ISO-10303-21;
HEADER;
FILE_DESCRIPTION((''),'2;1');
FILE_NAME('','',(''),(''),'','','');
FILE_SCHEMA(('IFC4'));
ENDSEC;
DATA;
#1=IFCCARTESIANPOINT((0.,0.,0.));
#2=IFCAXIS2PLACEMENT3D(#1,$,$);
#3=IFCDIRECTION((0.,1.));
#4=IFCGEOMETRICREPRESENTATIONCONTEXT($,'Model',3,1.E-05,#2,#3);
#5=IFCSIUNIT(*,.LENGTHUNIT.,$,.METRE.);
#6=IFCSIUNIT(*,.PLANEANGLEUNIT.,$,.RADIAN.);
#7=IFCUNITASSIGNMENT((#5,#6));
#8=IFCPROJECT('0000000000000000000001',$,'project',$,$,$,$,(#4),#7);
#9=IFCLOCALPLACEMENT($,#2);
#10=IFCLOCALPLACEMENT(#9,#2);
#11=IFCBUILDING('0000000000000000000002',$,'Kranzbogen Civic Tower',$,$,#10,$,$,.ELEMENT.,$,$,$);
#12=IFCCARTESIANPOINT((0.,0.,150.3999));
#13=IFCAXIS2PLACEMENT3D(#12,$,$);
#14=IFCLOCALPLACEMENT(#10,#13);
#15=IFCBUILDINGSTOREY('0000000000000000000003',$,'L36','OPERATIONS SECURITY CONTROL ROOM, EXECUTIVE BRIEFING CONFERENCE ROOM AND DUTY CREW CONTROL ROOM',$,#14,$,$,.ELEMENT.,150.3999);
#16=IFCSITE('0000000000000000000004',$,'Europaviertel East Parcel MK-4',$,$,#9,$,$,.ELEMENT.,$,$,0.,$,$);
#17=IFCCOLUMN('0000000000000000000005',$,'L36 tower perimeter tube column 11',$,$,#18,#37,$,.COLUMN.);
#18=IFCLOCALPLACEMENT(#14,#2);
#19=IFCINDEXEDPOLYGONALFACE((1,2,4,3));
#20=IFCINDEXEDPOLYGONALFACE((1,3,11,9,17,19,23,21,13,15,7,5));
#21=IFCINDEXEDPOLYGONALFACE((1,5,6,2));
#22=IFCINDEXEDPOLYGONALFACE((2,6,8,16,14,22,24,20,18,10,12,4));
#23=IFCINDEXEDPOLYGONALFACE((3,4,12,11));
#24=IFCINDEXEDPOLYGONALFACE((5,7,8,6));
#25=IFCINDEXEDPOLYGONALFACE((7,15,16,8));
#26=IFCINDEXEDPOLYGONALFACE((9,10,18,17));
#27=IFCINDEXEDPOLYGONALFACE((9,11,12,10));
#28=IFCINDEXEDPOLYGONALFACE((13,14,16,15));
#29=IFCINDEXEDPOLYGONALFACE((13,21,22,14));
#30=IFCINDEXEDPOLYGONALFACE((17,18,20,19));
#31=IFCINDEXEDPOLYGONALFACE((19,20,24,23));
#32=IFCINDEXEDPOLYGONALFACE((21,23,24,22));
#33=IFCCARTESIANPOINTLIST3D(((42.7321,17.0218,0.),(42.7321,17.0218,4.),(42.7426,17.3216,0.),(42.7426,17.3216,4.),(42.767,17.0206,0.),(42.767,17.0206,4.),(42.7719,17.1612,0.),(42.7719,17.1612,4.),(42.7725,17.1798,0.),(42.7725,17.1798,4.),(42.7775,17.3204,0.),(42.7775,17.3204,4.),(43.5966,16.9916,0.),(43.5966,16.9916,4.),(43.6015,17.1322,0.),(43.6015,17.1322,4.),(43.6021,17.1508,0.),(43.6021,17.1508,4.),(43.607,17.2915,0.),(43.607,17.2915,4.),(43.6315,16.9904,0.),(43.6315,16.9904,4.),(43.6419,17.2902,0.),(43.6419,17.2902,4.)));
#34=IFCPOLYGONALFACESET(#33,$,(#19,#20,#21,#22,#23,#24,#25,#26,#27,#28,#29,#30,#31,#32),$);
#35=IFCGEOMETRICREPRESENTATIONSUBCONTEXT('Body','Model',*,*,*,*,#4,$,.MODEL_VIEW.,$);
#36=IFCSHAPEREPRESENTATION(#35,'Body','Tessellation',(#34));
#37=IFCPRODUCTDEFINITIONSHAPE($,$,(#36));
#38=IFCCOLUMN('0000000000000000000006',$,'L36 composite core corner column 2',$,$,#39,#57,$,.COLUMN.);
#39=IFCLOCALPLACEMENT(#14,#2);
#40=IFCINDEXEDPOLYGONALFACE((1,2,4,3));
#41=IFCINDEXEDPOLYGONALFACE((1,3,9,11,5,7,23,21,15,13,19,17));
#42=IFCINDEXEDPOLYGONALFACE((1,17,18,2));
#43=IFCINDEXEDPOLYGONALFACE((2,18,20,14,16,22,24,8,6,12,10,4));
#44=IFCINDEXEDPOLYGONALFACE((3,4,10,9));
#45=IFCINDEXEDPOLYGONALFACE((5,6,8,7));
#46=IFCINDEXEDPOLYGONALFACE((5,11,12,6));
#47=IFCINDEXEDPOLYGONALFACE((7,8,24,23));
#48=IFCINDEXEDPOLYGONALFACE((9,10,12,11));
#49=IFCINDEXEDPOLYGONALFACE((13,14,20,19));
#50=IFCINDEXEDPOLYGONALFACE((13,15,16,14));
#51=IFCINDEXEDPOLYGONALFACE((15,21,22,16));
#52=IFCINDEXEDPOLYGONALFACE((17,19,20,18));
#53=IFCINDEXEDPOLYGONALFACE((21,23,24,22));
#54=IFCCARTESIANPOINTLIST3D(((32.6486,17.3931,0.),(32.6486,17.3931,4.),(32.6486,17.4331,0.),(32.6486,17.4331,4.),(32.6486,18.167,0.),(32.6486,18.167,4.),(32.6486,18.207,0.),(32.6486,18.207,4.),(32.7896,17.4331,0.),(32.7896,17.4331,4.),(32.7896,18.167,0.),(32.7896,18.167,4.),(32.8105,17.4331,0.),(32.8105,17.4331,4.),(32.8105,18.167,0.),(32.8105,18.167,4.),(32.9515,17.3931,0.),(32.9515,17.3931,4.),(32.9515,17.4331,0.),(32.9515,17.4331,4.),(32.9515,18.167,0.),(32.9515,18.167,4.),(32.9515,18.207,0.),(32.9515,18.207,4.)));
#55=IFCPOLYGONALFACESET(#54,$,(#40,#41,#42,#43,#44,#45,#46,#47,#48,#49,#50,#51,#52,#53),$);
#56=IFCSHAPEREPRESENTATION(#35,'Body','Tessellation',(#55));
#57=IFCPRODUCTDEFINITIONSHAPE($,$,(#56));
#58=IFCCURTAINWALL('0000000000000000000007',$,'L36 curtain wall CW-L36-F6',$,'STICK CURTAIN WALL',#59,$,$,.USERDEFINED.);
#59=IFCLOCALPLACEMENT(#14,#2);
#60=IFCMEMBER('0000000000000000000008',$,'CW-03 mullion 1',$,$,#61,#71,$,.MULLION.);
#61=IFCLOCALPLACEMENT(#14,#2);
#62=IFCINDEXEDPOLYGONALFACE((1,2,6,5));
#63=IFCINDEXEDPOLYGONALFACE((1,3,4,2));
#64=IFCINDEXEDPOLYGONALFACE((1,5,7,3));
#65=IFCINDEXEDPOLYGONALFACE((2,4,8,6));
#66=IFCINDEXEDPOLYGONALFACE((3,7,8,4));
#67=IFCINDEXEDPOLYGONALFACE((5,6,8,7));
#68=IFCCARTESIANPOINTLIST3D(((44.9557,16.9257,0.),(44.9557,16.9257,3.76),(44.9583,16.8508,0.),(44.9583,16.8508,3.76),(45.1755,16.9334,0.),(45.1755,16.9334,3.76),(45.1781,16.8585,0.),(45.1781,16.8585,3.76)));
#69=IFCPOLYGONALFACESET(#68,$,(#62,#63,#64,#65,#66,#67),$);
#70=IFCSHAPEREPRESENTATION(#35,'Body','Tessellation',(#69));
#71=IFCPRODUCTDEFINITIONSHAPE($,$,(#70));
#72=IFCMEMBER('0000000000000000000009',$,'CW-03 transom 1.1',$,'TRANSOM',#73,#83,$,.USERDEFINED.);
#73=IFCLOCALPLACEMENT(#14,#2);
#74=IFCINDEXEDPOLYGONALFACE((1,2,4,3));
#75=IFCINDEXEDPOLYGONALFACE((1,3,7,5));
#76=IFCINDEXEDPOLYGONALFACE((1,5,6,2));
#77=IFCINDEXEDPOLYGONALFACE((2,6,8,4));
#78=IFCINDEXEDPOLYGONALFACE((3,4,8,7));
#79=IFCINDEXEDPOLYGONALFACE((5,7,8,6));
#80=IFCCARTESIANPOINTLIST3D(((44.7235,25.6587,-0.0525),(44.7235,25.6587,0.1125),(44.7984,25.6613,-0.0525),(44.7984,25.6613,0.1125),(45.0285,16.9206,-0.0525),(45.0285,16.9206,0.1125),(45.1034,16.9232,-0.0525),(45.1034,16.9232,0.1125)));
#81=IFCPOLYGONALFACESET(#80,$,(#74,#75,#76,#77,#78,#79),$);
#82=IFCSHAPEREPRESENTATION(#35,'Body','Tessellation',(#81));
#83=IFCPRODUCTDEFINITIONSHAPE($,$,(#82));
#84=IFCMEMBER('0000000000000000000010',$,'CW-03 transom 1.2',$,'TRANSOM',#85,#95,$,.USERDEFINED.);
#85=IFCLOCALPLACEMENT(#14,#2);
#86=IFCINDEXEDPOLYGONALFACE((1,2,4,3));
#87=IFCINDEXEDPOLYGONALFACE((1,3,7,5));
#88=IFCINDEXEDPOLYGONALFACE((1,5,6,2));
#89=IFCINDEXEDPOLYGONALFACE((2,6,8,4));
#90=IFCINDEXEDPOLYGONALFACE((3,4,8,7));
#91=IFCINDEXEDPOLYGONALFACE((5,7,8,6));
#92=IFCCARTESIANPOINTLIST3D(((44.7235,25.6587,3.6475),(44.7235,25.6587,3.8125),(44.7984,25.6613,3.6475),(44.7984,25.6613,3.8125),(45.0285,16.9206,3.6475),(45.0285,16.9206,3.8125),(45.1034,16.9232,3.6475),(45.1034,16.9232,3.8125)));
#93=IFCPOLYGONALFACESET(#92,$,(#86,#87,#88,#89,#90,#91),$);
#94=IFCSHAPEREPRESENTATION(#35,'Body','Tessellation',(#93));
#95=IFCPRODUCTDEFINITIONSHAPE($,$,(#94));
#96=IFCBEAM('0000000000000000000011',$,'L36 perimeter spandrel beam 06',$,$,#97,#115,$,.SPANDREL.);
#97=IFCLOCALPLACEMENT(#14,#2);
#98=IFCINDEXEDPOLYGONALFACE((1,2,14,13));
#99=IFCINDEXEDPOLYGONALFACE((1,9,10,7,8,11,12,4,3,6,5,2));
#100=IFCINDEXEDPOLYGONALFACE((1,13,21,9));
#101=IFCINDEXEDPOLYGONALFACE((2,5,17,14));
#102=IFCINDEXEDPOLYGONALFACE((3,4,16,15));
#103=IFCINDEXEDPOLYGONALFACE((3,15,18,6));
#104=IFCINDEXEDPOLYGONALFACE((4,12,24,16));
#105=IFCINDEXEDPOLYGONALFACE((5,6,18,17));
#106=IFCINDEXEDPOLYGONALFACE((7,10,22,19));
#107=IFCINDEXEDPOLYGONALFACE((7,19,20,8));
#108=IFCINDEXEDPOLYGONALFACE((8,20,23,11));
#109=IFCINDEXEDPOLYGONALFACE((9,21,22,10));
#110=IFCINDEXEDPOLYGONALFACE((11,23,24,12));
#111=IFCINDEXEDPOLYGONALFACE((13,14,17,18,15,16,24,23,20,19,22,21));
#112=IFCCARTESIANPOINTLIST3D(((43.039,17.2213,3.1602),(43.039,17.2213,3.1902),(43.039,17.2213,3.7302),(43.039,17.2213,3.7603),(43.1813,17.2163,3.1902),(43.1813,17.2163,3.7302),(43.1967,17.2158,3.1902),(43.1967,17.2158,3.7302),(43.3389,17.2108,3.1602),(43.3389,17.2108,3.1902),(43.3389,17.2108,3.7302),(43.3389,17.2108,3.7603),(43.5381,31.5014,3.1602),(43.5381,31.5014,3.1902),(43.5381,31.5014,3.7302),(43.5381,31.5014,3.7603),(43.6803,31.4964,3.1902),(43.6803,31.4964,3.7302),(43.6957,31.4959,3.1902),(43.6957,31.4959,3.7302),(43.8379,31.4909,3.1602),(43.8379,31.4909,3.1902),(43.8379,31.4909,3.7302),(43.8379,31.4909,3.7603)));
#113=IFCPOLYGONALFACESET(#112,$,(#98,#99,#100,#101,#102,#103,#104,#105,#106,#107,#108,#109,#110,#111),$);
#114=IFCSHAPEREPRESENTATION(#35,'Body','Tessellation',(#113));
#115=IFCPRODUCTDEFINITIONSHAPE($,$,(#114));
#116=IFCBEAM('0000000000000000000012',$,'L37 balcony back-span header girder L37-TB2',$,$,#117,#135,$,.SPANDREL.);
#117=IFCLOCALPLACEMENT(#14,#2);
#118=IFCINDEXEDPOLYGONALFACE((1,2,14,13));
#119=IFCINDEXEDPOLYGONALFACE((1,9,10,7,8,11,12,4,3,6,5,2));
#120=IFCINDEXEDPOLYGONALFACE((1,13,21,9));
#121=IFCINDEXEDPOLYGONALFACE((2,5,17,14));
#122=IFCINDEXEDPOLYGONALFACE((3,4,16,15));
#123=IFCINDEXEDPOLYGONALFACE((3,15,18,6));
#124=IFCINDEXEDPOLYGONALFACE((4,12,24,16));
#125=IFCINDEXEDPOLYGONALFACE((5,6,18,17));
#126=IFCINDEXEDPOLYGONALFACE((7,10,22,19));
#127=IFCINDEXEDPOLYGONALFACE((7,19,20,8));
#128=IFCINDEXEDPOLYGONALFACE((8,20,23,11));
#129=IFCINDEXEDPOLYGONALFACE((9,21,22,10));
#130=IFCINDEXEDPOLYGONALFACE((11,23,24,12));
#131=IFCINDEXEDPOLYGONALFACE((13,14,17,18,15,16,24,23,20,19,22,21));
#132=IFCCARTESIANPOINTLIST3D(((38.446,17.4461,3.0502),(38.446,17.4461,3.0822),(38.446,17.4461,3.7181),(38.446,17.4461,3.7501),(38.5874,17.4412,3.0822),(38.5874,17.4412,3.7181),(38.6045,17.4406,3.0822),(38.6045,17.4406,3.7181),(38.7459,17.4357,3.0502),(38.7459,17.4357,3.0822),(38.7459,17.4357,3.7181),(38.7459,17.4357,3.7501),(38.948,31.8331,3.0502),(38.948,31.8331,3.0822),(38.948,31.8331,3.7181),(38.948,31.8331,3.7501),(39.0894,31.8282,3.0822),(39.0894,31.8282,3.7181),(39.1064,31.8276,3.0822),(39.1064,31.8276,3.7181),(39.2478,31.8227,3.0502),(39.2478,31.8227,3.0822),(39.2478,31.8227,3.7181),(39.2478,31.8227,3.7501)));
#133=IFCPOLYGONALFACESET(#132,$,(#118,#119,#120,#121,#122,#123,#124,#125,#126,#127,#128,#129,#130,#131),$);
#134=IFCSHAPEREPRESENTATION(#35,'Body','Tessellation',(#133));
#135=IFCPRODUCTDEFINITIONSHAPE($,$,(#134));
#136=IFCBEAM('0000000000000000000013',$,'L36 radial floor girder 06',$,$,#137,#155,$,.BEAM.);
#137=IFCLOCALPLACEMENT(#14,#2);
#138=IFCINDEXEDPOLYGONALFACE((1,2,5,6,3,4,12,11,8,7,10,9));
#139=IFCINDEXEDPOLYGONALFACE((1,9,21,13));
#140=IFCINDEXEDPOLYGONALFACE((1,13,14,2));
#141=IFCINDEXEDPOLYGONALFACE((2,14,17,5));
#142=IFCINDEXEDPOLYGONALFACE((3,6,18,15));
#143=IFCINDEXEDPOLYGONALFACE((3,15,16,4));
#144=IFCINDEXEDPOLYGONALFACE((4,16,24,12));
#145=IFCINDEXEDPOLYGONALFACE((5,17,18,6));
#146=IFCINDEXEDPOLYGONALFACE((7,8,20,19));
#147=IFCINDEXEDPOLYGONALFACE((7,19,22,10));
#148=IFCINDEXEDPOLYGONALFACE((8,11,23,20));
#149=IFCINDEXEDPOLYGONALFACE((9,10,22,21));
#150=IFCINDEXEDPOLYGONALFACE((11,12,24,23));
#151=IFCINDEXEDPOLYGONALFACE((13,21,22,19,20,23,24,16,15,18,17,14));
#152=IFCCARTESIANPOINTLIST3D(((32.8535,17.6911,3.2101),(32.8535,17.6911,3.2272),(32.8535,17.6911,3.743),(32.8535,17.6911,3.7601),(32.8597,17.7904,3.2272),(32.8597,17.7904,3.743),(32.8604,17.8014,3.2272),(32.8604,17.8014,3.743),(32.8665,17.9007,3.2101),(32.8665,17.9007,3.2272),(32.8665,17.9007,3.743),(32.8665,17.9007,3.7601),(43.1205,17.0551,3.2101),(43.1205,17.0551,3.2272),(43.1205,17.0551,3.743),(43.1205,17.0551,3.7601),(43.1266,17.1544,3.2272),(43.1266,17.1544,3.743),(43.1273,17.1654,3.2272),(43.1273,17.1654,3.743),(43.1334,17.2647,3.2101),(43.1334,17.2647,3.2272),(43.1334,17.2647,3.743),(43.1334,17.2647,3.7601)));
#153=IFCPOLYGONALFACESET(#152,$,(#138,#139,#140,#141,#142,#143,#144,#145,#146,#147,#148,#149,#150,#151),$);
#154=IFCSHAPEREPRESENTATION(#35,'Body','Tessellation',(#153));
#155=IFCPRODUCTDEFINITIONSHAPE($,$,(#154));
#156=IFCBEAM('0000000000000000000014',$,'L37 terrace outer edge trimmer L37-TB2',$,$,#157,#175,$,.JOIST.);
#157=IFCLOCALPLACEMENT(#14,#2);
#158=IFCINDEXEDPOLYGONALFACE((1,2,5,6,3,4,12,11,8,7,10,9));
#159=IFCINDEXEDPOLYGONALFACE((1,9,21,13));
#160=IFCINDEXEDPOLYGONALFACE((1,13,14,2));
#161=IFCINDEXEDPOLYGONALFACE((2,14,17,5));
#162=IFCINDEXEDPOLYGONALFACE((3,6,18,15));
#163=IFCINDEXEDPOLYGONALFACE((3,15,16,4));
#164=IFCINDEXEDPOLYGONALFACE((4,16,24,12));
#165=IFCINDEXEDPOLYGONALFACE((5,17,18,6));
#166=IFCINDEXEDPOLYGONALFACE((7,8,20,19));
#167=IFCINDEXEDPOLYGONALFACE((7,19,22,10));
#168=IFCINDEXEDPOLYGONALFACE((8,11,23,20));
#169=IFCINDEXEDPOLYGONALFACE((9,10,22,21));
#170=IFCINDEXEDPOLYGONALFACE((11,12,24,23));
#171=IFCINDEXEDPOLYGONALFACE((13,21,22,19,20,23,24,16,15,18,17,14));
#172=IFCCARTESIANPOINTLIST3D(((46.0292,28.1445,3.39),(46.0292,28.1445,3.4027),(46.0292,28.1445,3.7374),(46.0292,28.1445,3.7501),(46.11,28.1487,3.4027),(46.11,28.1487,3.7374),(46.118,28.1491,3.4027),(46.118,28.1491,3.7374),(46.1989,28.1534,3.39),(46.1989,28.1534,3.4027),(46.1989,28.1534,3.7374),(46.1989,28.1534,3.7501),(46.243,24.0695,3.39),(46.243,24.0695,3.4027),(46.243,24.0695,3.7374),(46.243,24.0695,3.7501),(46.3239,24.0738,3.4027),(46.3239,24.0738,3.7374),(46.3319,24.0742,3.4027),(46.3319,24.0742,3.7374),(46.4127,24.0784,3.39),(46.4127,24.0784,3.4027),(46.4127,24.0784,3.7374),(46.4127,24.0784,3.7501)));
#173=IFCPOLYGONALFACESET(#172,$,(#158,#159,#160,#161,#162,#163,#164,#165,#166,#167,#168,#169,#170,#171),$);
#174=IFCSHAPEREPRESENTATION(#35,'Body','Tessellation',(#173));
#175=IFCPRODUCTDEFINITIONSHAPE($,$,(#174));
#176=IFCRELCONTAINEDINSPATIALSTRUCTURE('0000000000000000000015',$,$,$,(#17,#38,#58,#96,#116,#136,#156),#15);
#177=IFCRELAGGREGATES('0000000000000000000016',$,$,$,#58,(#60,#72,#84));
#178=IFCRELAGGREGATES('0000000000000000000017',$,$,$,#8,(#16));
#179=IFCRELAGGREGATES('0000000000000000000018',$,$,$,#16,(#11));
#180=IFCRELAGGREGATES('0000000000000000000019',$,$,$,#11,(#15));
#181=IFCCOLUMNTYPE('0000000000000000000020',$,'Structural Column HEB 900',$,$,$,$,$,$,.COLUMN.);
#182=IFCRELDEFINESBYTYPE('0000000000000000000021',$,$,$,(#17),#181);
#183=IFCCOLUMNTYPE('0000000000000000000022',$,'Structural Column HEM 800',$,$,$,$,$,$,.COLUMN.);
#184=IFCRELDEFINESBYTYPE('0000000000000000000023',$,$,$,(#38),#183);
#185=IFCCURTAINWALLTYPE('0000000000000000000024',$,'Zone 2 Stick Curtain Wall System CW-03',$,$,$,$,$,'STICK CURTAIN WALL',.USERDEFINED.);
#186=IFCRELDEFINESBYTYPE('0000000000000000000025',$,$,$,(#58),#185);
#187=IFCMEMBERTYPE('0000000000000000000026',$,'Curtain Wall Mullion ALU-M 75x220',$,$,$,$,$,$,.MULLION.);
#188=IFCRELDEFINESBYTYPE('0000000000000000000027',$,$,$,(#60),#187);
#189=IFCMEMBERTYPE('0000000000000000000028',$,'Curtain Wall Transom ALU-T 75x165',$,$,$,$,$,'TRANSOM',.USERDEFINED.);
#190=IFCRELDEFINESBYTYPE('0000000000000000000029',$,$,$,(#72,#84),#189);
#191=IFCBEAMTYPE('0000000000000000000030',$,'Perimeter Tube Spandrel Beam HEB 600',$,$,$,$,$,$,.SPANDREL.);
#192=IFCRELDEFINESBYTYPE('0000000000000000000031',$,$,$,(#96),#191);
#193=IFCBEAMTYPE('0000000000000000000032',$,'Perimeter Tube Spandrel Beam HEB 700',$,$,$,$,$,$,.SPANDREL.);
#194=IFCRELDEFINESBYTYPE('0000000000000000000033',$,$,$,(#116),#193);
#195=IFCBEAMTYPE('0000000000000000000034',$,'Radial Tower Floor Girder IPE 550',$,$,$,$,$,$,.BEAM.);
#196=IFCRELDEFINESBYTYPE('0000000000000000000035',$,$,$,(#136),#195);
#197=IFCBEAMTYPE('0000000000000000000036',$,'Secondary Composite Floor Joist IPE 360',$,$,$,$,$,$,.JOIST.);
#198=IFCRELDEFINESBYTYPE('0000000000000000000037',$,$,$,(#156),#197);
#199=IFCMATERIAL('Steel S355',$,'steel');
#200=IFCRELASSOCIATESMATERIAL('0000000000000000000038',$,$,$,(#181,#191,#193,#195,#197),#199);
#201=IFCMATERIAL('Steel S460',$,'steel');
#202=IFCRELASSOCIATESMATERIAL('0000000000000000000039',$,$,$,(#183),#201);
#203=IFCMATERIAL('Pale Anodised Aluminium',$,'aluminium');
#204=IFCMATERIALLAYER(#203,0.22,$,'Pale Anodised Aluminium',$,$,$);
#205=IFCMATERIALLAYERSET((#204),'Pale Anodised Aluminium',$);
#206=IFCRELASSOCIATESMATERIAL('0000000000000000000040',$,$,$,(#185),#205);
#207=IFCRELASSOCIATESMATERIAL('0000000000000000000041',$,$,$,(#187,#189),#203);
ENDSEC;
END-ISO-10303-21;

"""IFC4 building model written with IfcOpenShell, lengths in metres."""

from ifc_helpers import new_model, si_unit, direction, frame, origin, origin_2d, place, context, subcontext, project, spatial, rectangle, i_section, extrude, material, layer, layer_set, material_profile, profile_set, type_object, element, aggregate, save


model = new_model("IFC4")

# Units and contexts
model_context = context("Model", 3, precision=1e-05, world=origin(), true_north=direction((0.0, 1.0)))
body_context = subcontext(model_context, "Body", "Model", "MODEL_VIEW")
ifc_project = project(units=[si_unit("LENGTHUNIT", "METRE"), si_unit("PLANEANGLEUNIT", "RADIAN")], contexts=[model_context])

# Site, building, storey
site_placement = place(None, origin())
site = spatial("IfcSite", under=ifc_project, at=site_placement, Name="Europaviertel East Parcel MK-4", CompositionType="ELEMENT", RefElevation=0.0)
building_placement = place(site_placement, origin())
building = spatial("IfcBuilding", under=site, at=building_placement, Name="Kranzbogen Civic Tower", CompositionType="ELEMENT")
storey_placement = place(building_placement, frame((0.0, 0.0, 150.3999)))
storey = spatial("IfcBuildingStorey", under=building, at=storey_placement, Name="L36", Description="OPERATIONS SECURITY CONTROL ROOM, EXECUTIVE BRIEFING CONFERENCE ROOM AND DUTY CREW CONTROL ROOM", CompositionType="ELEMENT", Elevation=150.3999)

# Columns
ifc_material_1 = material(Name="Steel S355", Category="steel")
ifc_material_profile_1 = material_profile(ifc_material_1, i_section(OverallWidth=0.3, OverallDepth=0.8999, WebThickness=0.0186, FlangeThickness=0.0349, at=origin_2d()), Name="HEB 900")
ifc_profile_set_1 = profile_set([ifc_material_profile_1], Name="Steel S355")
column_type_1 = type_object("IfcColumnType", Name="Structural Column HEB 900", PredefinedType="COLUMN", material=ifc_profile_set_1)
column_1_placement = place(storey_placement, frame((43.187, 17.156, 0.0), z_axis=(0.0, 0.0, 1.0), x_axis=(0.034899, 0.999391, 0.0)))
element("IfcColumn", 1, at=column_1_placement, inside=storey, type_object=column_type_1, Name="L36 tower perimeter tube column 11", PredefinedType="COLUMN", context=body_context, shape_type="SweptSolid", body=[
    extrude(i_section(OverallWidth=0.3, OverallDepth=0.8999, WebThickness=0.0186, FlangeThickness=0.0349, at=origin_2d()), origin(), (0.0, 0.0, 1.0), 4.0),
])
ifc_material_2 = material(Name="Steel S460", Category="steel")
ifc_material_profile_2 = material_profile(ifc_material_2, i_section(OverallWidth=0.303, OverallDepth=0.814, WebThickness=0.021, FlangeThickness=0.04, at=origin_2d()), Name="HEM 800")
ifc_profile_set_2 = profile_set([ifc_material_profile_2], Name="Steel S460")
column_type_2 = type_object("IfcColumnType", Name="Structural Column HEM 800", PredefinedType="COLUMN", material=ifc_profile_set_2)
column_2_placement = place(storey_placement, frame((32.8, 17.8, 0.0), z_axis=(0.0, 0.0, 1.0), x_axis=(1.0, 0.0, 0.0)))
element("IfcColumn", 2, at=column_2_placement, inside=storey, type_object=column_type_2, Name="L36 composite core corner column 2", PredefinedType="COLUMN", context=body_context, shape_type="SweptSolid", body=[
    extrude(i_section(OverallWidth=0.303, OverallDepth=0.814, WebThickness=0.021, FlangeThickness=0.04, at=origin_2d()), origin(), (0.0, 0.0, 1.0), 4.0),
])

# Curtain wall, members
ifc_material_3 = material(Name="Pale Anodised Aluminium", Category="aluminium")
ifc_layer_1 = layer(ifc_material_3, 0.22, Name="Pale Anodised Aluminium")
ifc_layer_set_1 = layer_set([ifc_layer_1], Name="Pale Anodised Aluminium")
curtain_wall_type = type_object("IfcCurtainWallType", Name="Zone 2 Stick Curtain Wall System CW-03", ElementType="STICK CURTAIN WALL", PredefinedType="USERDEFINED", material=ifc_layer_set_1)
curtain_wall_placement = place(storey_placement, origin())
curtain_wall = element("IfcCurtainWall", 3, at=curtain_wall_placement, inside=storey, type_object=curtain_wall_type, Name="L36 curtain wall CW-L36-F6", ObjectType="STICK CURTAIN WALL", PredefinedType="USERDEFINED")
ifc_material_profile_3 = material_profile(ifc_material_3, rectangle(XDim=0.075, YDim=0.22, at=origin_2d()), Name="ALU-M 75x220")
ifc_profile_set_3 = profile_set([ifc_material_profile_3], Name="Pale Anodised Aluminium")
member_type_1 = type_object("IfcMemberType", Name="Curtain Wall Mullion ALU-M 75x220", PredefinedType="MULLION", material=ifc_profile_set_3)
member_1_placement = place(storey_placement, frame((45.0669, 16.8921, 0.0), z_axis=(0.0, 0.0, 1.0), x_axis=(-0.034868, 0.999392, 0.0)))
member_1 = element("IfcMember", 4, at=member_1_placement, type_object=member_type_1, Name="CW-03 mullion 1", PredefinedType="MULLION", context=body_context, shape_type="SweptSolid", body=[
    extrude(rectangle(XDim=0.075, YDim=0.22, at=origin_2d()), origin(), (0.0, 0.0, 1.0), 3.76),
])
ifc_material_profile_4 = material_profile(ifc_material_3, rectangle(XDim=0.075, YDim=0.165, at=origin_2d()), Name="ALU-T 75x165")
ifc_profile_set_4 = profile_set([ifc_material_profile_4], Name="Pale Anodised Aluminium")
member_type_2 = type_object("IfcMemberType", Name="Curtain Wall Transom ALU-T 75x165", ElementType="TRANSOM", PredefinedType="USERDEFINED", material=ifc_profile_set_4)
member_2_placement = place(storey_placement, frame((45.0659, 16.9219, 0.03), z_axis=(-0.034876, 0.999392, 0.0), x_axis=(-0.999392, -0.034876, 0.0)))
member_2 = element("IfcMember", 5, at=member_2_placement, type_object=member_type_2, Name="CW-03 transom 1.1", ObjectType="TRANSOM", PredefinedType="USERDEFINED", context=body_context, shape_type="SweptSolid", body=[
    extrude(rectangle(XDim=0.075, YDim=0.165, at=origin_2d()), origin(), (0.0, 0.0, 1.0), 8.7434),
])
member_3_placement = place(storey_placement, frame((45.0659, 16.9219, 3.73), z_axis=(-0.034876, 0.999392, 0.0), x_axis=(-0.999392, -0.034876, 0.0)))
member_3 = element("IfcMember", 6, at=member_3_placement, type_object=member_type_2, Name="CW-03 transom 1.2", ObjectType="TRANSOM", PredefinedType="USERDEFINED", context=body_context, shape_type="SweptSolid", body=[
    extrude(rectangle(XDim=0.075, YDim=0.165, at=origin_2d()), origin(), (0.0, 0.0, 1.0), 8.7434),
])

# Beams
ifc_material_profile_5 = material_profile(ifc_material_1, i_section(OverallWidth=0.3, OverallDepth=0.6001, WebThickness=0.0154, FlangeThickness=0.03, at=origin_2d()), Name="HEB 600")
ifc_profile_set_5 = profile_set([ifc_material_profile_5], Name="Steel S355")
beam_type_1 = type_object("IfcBeamType", Name="Perimeter Tube Spandrel Beam HEB 600", PredefinedType="SPANDREL", material=ifc_profile_set_5)
beam_1_placement = place(storey_placement, frame((43.189, 17.2161, 3.4602), z_axis=(0.034924, 0.99939, 0.0), x_axis=(-0.99939, 0.034924, 0.0)))
element("IfcBeam", 7, at=beam_1_placement, inside=storey, type_object=beam_type_1, Name="L36 perimeter spandrel beam 06", PredefinedType="SPANDREL", context=body_context, shape_type="SweptSolid", body=[
    extrude(i_section(OverallWidth=0.3, OverallDepth=0.6001, WebThickness=0.0154, FlangeThickness=0.03, at=origin_2d()), origin(), (0.0, 0.0, 1.0), 14.2888),
])
ifc_material_profile_6 = material_profile(ifc_material_1, i_section(OverallWidth=0.3, OverallDepth=0.7, WebThickness=0.0171, FlangeThickness=0.032, at=origin_2d()), Name="HEB 700")
ifc_profile_set_6 = profile_set([ifc_material_profile_6], Name="Steel S355")
beam_type_2 = type_object("IfcBeamType", Name="Perimeter Tube Spandrel Beam HEB 700", PredefinedType="SPANDREL", material=ifc_profile_set_6)
beam_2_placement = place(storey_placement, frame((38.5959, 17.4409, 3.4001), z_axis=(0.034868, 0.999392, 0.0), x_axis=(-0.999392, 0.034868, 0.0)))
element("IfcBeam", 8, at=beam_2_placement, inside=storey, type_object=beam_type_2, Name="L37 balcony back-span header girder L37-TB2", PredefinedType="SPANDREL", context=body_context, shape_type="SweptSolid", body=[
    extrude(i_section(OverallWidth=0.3, OverallDepth=0.7, WebThickness=0.0171, FlangeThickness=0.032, at=origin_2d()), origin(), (0.0, 0.0, 1.0), 14.3958),
])
ifc_material_profile_7 = material_profile(ifc_material_1, i_section(OverallWidth=0.21, OverallDepth=0.55, WebThickness=0.011, FlangeThickness=0.0171, at=origin_2d()), Name="IPE 550")
ifc_profile_set_7 = profile_set([ifc_material_profile_7], Name="Steel S355")
beam_type_3 = type_object("IfcBeamType", Name="Radial Tower Floor Girder IPE 550", PredefinedType="BEAM", material=ifc_profile_set_7)
beam_3_placement = place(storey_placement, frame((43.127, 17.1599, 3.4851), z_axis=(-0.998087, 0.061827, 0.0), x_axis=(-0.061827, -0.998087, 0.0)))
element("IfcBeam", 9, at=beam_3_placement, inside=storey, type_object=beam_type_3, Name="L36 radial floor girder 06", PredefinedType="BEAM", context=body_context, shape_type="SweptSolid", body=[
    extrude(i_section(OverallWidth=0.21, OverallDepth=0.55, WebThickness=0.011, FlangeThickness=0.0171, at=origin_2d()), origin(), (0.0, 0.0, 1.0), 10.2866),
])
ifc_material_profile_8 = material_profile(ifc_material_1, i_section(OverallWidth=0.1699, OverallDepth=0.3601, WebThickness=0.0081, FlangeThickness=0.0127, at=origin_2d()), Name="IPE 360")
ifc_profile_set_8 = profile_set([ifc_material_profile_8], Name="Steel S355")
beam_type_4 = type_object("IfcBeamType", Name="Secondary Composite Floor Joist IPE 360", PredefinedType="JOIST", material=ifc_profile_set_8)
beam_4_placement = place(storey_placement, frame((46.3279, 24.074, 3.5701), z_axis=(-0.052411, 0.998626, 0.0), x_axis=(-0.998626, -0.052411, 0.0)))
element("IfcBeam", 10, at=beam_4_placement, inside=storey, type_object=beam_type_4, Name="L37 terrace outer edge trimmer L37-TB2", PredefinedType="JOIST", context=body_context, shape_type="SweptSolid", body=[
    extrude(i_section(OverallWidth=0.1699, OverallDepth=0.3601, WebThickness=0.0081, FlangeThickness=0.0127, at=origin_2d()), origin(), (0.0, 0.0, 1.0), 4.0806),
])

aggregate(curtain_wall, [member_1, member_2, member_3])

save(model, "model.ifc")
